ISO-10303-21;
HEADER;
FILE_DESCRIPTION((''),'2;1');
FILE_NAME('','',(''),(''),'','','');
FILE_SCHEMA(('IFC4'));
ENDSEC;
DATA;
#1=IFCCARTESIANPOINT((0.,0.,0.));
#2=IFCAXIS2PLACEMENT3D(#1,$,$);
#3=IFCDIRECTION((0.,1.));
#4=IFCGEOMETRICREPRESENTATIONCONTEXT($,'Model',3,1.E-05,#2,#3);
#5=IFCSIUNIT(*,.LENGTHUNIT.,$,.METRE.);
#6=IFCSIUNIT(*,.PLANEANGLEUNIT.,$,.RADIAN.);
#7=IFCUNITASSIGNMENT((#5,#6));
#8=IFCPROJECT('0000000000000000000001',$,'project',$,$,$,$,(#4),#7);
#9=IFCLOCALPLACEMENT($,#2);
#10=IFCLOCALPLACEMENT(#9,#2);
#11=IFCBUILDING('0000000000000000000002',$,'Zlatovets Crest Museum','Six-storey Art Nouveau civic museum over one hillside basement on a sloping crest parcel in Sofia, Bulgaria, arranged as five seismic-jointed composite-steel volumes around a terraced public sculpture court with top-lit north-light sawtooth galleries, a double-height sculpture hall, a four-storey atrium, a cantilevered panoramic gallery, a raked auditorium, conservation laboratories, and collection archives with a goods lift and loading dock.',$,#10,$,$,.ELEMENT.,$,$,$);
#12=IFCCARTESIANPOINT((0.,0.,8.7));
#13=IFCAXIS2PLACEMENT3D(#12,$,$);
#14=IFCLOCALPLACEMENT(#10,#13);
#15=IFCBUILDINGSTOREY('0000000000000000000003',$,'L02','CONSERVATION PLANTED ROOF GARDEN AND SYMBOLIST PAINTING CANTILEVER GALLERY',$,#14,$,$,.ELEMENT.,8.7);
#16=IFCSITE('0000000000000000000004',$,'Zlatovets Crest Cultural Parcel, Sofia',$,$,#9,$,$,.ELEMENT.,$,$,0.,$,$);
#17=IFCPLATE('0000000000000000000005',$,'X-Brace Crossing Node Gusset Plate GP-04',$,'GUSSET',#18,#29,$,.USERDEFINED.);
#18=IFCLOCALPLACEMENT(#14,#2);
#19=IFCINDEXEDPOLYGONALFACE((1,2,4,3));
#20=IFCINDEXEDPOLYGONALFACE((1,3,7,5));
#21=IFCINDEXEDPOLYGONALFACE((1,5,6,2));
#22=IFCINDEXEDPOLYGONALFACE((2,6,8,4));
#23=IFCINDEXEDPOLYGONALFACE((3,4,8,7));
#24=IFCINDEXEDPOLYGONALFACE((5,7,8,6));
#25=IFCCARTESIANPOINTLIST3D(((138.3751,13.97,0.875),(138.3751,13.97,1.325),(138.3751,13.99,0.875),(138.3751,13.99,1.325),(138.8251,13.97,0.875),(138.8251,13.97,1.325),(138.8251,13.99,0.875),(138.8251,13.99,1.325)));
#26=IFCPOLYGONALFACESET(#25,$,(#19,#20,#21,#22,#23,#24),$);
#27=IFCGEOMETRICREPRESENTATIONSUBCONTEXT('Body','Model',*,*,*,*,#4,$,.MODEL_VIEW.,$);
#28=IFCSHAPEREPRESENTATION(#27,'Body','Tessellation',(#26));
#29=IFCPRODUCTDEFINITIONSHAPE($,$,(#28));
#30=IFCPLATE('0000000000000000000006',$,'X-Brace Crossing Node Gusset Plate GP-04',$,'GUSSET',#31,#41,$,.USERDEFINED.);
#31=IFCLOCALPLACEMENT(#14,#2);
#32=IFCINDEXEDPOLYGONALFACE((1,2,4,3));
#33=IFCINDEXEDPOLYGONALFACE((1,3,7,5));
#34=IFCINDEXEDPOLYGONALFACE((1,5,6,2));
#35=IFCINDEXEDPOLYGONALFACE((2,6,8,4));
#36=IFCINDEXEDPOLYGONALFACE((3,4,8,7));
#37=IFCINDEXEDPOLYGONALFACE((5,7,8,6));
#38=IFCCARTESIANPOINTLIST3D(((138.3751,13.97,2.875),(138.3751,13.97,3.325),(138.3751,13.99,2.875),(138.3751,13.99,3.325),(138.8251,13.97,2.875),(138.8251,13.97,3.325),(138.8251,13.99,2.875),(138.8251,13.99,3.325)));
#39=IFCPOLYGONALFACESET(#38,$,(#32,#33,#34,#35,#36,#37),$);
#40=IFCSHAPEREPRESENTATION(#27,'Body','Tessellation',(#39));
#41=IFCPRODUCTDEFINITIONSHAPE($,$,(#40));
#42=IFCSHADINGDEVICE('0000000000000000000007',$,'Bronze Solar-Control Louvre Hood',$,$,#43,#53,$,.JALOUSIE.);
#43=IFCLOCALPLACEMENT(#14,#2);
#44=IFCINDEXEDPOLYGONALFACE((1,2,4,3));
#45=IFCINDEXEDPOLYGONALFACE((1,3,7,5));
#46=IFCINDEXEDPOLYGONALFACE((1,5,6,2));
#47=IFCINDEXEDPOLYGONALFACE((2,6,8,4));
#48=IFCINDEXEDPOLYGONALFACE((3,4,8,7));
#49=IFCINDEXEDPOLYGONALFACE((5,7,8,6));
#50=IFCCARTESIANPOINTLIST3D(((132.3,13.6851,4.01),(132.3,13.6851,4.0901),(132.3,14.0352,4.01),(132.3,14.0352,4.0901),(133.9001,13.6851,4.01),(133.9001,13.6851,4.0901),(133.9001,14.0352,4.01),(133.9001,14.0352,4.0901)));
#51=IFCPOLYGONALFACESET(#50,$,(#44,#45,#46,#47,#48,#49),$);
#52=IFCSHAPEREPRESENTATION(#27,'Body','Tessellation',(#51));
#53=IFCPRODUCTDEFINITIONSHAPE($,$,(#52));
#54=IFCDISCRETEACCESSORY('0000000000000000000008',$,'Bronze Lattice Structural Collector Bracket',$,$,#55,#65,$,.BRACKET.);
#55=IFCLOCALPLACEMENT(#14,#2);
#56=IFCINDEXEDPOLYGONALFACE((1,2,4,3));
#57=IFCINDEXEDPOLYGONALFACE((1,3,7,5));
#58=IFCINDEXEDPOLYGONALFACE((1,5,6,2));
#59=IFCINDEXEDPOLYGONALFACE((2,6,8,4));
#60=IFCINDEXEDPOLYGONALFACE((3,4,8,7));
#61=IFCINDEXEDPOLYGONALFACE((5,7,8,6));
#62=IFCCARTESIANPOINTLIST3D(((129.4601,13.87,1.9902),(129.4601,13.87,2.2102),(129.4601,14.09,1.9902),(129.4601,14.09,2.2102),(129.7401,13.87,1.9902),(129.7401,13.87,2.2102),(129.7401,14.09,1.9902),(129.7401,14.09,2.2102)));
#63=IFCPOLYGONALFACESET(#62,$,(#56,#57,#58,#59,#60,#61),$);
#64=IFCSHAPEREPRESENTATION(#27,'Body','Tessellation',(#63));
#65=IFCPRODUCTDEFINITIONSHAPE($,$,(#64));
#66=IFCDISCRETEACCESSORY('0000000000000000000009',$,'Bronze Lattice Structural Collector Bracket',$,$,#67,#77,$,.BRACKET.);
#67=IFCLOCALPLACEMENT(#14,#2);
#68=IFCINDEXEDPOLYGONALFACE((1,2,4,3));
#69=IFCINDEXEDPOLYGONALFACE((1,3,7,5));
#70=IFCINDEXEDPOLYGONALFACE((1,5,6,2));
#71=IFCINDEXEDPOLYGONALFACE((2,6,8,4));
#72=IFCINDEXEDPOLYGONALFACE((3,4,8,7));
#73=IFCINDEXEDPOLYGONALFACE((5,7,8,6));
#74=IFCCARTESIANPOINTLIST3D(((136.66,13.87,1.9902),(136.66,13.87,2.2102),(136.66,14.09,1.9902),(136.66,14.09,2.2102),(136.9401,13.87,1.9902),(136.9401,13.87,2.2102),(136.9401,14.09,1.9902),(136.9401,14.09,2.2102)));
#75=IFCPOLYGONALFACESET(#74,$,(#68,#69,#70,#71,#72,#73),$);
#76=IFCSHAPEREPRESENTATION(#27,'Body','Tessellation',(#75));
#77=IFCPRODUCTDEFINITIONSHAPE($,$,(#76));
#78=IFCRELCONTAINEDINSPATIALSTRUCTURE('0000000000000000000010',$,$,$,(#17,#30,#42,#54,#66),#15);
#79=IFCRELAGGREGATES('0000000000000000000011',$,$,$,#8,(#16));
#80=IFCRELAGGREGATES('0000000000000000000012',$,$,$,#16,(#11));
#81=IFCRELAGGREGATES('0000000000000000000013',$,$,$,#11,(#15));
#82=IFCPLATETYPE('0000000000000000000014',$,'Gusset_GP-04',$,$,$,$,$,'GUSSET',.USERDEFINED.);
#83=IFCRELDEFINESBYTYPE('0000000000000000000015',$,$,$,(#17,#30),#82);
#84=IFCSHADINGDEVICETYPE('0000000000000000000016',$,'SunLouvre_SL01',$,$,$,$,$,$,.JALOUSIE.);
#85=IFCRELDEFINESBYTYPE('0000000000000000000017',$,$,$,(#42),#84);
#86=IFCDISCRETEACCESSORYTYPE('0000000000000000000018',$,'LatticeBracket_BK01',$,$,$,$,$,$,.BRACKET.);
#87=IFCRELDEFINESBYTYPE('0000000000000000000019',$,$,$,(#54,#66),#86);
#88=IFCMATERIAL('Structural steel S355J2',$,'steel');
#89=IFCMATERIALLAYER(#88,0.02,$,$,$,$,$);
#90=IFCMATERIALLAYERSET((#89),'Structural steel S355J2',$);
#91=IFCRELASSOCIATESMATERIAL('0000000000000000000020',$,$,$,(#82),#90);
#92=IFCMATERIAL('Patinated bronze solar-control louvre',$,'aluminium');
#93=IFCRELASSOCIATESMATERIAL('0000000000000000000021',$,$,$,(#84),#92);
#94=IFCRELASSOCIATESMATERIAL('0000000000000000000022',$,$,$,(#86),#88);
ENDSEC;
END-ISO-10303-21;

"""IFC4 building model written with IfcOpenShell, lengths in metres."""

from ifc_helpers import new_model, si_unit, direction, frame, origin, origin_2d, place, context, subcontext, project, spatial, rectangle, extrude, material, layer, layer_set, type_object, element, save


model = new_model("IFC4")

# Units and contexts
model_context = context("Model", 3, precision=1e-05, world=origin(), true_north=direction((0.0, 1.0)))
body_context = subcontext(model_context, "Body", "Model", "MODEL_VIEW")
ifc_project = project(units=[si_unit("LENGTHUNIT", "METRE"), si_unit("PLANEANGLEUNIT", "RADIAN")], contexts=[model_context])

# Site, building, storey
site_placement = place(None, origin())
site = spatial("IfcSite", under=ifc_project, at=site_placement, Name="Zlatovets Crest Cultural Parcel, Sofia", CompositionType="ELEMENT", RefElevation=0.0)
building_placement = place(site_placement, origin())
building = spatial("IfcBuilding", under=site, at=building_placement, Name="Zlatovets Crest Museum", Description="Six-storey Art Nouveau civic museum over one hillside basement on a sloping crest parcel in Sofia, Bulgaria, arranged as five seismic-jointed composite-steel volumes around a terraced public sculpture court with top-lit north-light sawtooth galleries, a double-height sculpture hall, a four-storey atrium, a cantilevered panoramic gallery, a raked auditorium, conservation laboratories, and collection archives with a goods lift and loading dock.", CompositionType="ELEMENT")
storey_placement = place(building_placement, frame((0.0, 0.0, 8.7)))
storey = spatial("IfcBuildingStorey", under=building, at=storey_placement, Name="L02", Description="CONSERVATION PLANTED ROOF GARDEN AND SYMBOLIST PAINTING CANTILEVER GALLERY", CompositionType="ELEMENT", Elevation=8.7)

# Shared definitions
ifc_material_1 = material(Name="Structural steel S355J2", Category="steel")

# Plates
ifc_layer_1 = layer(ifc_material_1, 0.02)
ifc_layer_set_1 = layer_set([ifc_layer_1], Name="Structural steel S355J2")
plate_type_1 = type_object("IfcPlateType", Name="Gusset_GP-04", ElementType="GUSSET", PredefinedType="USERDEFINED", material=ifc_layer_set_1)
for number, where, z_axis, x_axis, name in (
    (1, (138.6001, 13.98, 0.875), (0.0, 0.0, 1.0), (1.0, 0.0, 0.0), "X-Brace Crossing Node Gusset Plate GP-04"),
    (2, (138.6001, 13.98, 2.875), (0.0, 0.0, 1.0), (1.0, 0.0, 0.0), "X-Brace Crossing Node Gusset Plate GP-04"),
):
    element("IfcPlate", number, at=place(storey_placement, frame(where, z_axis=z_axis, x_axis=x_axis)), inside=storey, type_object=plate_type_1, Name=name, ObjectType="GUSSET", PredefinedType="USERDEFINED", context=body_context, shape_type="SweptSolid", body=[
        extrude(rectangle(XDim=0.45, YDim=0.02, at=origin_2d()), origin(), (0.0, 0.0, 1.0), 0.45),
    ])

# Shading device
ifc_material_2 = material(Name="Patinated bronze solar-control louvre", Category="aluminium")
shading_device_type = type_object("IfcShadingDeviceType", Name="SunLouvre_SL01", PredefinedType="JALOUSIE", material=ifc_material_2)
shading_device_placement = place(storey_placement, frame((133.1001, 13.8601, 4.01), z_axis=(0.0, 0.0, 1.0), x_axis=(1.0, 0.0, 0.0)))
element("IfcShadingDevice", 3, at=shading_device_placement, inside=storey, type_object=shading_device_type, Name="Bronze Solar-Control Louvre Hood", PredefinedType="JALOUSIE", context=body_context, shape_type="SweptSolid", body=[
    extrude(rectangle(XDim=1.6001, YDim=0.3501, at=origin_2d()), origin(), (0.0, 0.0, 1.0), 0.0801),
])

# Discrete accessories
discrete_accessory_type = type_object("IfcDiscreteAccessoryType", Name="LatticeBracket_BK01", PredefinedType="BRACKET", material=ifc_material_1)
for number, where, z_axis, x_axis, name in (
    (4, (129.6001, 13.98, 1.9902), (0.0, 0.0, 1.0), (1.0, 0.0, 0.0), "Bronze Lattice Structural Collector Bracket"),
    (5, (136.8, 13.98, 1.9902), (0.0, 0.0, 1.0), (1.0, 0.0, 0.0), "Bronze Lattice Structural Collector Bracket"),
):
    element("IfcDiscreteAccessory", number, at=place(storey_placement, frame(where, z_axis=z_axis, x_axis=x_axis)), inside=storey, type_object=discrete_accessory_type, Name=name, PredefinedType="BRACKET", context=body_context, shape_type="SweptSolid", body=[
        extrude(rectangle(XDim=0.28, YDim=0.22, at=origin_2d()), origin(), (0.0, 0.0, 1.0), 0.22),
    ])

save(model, "model.ifc")
